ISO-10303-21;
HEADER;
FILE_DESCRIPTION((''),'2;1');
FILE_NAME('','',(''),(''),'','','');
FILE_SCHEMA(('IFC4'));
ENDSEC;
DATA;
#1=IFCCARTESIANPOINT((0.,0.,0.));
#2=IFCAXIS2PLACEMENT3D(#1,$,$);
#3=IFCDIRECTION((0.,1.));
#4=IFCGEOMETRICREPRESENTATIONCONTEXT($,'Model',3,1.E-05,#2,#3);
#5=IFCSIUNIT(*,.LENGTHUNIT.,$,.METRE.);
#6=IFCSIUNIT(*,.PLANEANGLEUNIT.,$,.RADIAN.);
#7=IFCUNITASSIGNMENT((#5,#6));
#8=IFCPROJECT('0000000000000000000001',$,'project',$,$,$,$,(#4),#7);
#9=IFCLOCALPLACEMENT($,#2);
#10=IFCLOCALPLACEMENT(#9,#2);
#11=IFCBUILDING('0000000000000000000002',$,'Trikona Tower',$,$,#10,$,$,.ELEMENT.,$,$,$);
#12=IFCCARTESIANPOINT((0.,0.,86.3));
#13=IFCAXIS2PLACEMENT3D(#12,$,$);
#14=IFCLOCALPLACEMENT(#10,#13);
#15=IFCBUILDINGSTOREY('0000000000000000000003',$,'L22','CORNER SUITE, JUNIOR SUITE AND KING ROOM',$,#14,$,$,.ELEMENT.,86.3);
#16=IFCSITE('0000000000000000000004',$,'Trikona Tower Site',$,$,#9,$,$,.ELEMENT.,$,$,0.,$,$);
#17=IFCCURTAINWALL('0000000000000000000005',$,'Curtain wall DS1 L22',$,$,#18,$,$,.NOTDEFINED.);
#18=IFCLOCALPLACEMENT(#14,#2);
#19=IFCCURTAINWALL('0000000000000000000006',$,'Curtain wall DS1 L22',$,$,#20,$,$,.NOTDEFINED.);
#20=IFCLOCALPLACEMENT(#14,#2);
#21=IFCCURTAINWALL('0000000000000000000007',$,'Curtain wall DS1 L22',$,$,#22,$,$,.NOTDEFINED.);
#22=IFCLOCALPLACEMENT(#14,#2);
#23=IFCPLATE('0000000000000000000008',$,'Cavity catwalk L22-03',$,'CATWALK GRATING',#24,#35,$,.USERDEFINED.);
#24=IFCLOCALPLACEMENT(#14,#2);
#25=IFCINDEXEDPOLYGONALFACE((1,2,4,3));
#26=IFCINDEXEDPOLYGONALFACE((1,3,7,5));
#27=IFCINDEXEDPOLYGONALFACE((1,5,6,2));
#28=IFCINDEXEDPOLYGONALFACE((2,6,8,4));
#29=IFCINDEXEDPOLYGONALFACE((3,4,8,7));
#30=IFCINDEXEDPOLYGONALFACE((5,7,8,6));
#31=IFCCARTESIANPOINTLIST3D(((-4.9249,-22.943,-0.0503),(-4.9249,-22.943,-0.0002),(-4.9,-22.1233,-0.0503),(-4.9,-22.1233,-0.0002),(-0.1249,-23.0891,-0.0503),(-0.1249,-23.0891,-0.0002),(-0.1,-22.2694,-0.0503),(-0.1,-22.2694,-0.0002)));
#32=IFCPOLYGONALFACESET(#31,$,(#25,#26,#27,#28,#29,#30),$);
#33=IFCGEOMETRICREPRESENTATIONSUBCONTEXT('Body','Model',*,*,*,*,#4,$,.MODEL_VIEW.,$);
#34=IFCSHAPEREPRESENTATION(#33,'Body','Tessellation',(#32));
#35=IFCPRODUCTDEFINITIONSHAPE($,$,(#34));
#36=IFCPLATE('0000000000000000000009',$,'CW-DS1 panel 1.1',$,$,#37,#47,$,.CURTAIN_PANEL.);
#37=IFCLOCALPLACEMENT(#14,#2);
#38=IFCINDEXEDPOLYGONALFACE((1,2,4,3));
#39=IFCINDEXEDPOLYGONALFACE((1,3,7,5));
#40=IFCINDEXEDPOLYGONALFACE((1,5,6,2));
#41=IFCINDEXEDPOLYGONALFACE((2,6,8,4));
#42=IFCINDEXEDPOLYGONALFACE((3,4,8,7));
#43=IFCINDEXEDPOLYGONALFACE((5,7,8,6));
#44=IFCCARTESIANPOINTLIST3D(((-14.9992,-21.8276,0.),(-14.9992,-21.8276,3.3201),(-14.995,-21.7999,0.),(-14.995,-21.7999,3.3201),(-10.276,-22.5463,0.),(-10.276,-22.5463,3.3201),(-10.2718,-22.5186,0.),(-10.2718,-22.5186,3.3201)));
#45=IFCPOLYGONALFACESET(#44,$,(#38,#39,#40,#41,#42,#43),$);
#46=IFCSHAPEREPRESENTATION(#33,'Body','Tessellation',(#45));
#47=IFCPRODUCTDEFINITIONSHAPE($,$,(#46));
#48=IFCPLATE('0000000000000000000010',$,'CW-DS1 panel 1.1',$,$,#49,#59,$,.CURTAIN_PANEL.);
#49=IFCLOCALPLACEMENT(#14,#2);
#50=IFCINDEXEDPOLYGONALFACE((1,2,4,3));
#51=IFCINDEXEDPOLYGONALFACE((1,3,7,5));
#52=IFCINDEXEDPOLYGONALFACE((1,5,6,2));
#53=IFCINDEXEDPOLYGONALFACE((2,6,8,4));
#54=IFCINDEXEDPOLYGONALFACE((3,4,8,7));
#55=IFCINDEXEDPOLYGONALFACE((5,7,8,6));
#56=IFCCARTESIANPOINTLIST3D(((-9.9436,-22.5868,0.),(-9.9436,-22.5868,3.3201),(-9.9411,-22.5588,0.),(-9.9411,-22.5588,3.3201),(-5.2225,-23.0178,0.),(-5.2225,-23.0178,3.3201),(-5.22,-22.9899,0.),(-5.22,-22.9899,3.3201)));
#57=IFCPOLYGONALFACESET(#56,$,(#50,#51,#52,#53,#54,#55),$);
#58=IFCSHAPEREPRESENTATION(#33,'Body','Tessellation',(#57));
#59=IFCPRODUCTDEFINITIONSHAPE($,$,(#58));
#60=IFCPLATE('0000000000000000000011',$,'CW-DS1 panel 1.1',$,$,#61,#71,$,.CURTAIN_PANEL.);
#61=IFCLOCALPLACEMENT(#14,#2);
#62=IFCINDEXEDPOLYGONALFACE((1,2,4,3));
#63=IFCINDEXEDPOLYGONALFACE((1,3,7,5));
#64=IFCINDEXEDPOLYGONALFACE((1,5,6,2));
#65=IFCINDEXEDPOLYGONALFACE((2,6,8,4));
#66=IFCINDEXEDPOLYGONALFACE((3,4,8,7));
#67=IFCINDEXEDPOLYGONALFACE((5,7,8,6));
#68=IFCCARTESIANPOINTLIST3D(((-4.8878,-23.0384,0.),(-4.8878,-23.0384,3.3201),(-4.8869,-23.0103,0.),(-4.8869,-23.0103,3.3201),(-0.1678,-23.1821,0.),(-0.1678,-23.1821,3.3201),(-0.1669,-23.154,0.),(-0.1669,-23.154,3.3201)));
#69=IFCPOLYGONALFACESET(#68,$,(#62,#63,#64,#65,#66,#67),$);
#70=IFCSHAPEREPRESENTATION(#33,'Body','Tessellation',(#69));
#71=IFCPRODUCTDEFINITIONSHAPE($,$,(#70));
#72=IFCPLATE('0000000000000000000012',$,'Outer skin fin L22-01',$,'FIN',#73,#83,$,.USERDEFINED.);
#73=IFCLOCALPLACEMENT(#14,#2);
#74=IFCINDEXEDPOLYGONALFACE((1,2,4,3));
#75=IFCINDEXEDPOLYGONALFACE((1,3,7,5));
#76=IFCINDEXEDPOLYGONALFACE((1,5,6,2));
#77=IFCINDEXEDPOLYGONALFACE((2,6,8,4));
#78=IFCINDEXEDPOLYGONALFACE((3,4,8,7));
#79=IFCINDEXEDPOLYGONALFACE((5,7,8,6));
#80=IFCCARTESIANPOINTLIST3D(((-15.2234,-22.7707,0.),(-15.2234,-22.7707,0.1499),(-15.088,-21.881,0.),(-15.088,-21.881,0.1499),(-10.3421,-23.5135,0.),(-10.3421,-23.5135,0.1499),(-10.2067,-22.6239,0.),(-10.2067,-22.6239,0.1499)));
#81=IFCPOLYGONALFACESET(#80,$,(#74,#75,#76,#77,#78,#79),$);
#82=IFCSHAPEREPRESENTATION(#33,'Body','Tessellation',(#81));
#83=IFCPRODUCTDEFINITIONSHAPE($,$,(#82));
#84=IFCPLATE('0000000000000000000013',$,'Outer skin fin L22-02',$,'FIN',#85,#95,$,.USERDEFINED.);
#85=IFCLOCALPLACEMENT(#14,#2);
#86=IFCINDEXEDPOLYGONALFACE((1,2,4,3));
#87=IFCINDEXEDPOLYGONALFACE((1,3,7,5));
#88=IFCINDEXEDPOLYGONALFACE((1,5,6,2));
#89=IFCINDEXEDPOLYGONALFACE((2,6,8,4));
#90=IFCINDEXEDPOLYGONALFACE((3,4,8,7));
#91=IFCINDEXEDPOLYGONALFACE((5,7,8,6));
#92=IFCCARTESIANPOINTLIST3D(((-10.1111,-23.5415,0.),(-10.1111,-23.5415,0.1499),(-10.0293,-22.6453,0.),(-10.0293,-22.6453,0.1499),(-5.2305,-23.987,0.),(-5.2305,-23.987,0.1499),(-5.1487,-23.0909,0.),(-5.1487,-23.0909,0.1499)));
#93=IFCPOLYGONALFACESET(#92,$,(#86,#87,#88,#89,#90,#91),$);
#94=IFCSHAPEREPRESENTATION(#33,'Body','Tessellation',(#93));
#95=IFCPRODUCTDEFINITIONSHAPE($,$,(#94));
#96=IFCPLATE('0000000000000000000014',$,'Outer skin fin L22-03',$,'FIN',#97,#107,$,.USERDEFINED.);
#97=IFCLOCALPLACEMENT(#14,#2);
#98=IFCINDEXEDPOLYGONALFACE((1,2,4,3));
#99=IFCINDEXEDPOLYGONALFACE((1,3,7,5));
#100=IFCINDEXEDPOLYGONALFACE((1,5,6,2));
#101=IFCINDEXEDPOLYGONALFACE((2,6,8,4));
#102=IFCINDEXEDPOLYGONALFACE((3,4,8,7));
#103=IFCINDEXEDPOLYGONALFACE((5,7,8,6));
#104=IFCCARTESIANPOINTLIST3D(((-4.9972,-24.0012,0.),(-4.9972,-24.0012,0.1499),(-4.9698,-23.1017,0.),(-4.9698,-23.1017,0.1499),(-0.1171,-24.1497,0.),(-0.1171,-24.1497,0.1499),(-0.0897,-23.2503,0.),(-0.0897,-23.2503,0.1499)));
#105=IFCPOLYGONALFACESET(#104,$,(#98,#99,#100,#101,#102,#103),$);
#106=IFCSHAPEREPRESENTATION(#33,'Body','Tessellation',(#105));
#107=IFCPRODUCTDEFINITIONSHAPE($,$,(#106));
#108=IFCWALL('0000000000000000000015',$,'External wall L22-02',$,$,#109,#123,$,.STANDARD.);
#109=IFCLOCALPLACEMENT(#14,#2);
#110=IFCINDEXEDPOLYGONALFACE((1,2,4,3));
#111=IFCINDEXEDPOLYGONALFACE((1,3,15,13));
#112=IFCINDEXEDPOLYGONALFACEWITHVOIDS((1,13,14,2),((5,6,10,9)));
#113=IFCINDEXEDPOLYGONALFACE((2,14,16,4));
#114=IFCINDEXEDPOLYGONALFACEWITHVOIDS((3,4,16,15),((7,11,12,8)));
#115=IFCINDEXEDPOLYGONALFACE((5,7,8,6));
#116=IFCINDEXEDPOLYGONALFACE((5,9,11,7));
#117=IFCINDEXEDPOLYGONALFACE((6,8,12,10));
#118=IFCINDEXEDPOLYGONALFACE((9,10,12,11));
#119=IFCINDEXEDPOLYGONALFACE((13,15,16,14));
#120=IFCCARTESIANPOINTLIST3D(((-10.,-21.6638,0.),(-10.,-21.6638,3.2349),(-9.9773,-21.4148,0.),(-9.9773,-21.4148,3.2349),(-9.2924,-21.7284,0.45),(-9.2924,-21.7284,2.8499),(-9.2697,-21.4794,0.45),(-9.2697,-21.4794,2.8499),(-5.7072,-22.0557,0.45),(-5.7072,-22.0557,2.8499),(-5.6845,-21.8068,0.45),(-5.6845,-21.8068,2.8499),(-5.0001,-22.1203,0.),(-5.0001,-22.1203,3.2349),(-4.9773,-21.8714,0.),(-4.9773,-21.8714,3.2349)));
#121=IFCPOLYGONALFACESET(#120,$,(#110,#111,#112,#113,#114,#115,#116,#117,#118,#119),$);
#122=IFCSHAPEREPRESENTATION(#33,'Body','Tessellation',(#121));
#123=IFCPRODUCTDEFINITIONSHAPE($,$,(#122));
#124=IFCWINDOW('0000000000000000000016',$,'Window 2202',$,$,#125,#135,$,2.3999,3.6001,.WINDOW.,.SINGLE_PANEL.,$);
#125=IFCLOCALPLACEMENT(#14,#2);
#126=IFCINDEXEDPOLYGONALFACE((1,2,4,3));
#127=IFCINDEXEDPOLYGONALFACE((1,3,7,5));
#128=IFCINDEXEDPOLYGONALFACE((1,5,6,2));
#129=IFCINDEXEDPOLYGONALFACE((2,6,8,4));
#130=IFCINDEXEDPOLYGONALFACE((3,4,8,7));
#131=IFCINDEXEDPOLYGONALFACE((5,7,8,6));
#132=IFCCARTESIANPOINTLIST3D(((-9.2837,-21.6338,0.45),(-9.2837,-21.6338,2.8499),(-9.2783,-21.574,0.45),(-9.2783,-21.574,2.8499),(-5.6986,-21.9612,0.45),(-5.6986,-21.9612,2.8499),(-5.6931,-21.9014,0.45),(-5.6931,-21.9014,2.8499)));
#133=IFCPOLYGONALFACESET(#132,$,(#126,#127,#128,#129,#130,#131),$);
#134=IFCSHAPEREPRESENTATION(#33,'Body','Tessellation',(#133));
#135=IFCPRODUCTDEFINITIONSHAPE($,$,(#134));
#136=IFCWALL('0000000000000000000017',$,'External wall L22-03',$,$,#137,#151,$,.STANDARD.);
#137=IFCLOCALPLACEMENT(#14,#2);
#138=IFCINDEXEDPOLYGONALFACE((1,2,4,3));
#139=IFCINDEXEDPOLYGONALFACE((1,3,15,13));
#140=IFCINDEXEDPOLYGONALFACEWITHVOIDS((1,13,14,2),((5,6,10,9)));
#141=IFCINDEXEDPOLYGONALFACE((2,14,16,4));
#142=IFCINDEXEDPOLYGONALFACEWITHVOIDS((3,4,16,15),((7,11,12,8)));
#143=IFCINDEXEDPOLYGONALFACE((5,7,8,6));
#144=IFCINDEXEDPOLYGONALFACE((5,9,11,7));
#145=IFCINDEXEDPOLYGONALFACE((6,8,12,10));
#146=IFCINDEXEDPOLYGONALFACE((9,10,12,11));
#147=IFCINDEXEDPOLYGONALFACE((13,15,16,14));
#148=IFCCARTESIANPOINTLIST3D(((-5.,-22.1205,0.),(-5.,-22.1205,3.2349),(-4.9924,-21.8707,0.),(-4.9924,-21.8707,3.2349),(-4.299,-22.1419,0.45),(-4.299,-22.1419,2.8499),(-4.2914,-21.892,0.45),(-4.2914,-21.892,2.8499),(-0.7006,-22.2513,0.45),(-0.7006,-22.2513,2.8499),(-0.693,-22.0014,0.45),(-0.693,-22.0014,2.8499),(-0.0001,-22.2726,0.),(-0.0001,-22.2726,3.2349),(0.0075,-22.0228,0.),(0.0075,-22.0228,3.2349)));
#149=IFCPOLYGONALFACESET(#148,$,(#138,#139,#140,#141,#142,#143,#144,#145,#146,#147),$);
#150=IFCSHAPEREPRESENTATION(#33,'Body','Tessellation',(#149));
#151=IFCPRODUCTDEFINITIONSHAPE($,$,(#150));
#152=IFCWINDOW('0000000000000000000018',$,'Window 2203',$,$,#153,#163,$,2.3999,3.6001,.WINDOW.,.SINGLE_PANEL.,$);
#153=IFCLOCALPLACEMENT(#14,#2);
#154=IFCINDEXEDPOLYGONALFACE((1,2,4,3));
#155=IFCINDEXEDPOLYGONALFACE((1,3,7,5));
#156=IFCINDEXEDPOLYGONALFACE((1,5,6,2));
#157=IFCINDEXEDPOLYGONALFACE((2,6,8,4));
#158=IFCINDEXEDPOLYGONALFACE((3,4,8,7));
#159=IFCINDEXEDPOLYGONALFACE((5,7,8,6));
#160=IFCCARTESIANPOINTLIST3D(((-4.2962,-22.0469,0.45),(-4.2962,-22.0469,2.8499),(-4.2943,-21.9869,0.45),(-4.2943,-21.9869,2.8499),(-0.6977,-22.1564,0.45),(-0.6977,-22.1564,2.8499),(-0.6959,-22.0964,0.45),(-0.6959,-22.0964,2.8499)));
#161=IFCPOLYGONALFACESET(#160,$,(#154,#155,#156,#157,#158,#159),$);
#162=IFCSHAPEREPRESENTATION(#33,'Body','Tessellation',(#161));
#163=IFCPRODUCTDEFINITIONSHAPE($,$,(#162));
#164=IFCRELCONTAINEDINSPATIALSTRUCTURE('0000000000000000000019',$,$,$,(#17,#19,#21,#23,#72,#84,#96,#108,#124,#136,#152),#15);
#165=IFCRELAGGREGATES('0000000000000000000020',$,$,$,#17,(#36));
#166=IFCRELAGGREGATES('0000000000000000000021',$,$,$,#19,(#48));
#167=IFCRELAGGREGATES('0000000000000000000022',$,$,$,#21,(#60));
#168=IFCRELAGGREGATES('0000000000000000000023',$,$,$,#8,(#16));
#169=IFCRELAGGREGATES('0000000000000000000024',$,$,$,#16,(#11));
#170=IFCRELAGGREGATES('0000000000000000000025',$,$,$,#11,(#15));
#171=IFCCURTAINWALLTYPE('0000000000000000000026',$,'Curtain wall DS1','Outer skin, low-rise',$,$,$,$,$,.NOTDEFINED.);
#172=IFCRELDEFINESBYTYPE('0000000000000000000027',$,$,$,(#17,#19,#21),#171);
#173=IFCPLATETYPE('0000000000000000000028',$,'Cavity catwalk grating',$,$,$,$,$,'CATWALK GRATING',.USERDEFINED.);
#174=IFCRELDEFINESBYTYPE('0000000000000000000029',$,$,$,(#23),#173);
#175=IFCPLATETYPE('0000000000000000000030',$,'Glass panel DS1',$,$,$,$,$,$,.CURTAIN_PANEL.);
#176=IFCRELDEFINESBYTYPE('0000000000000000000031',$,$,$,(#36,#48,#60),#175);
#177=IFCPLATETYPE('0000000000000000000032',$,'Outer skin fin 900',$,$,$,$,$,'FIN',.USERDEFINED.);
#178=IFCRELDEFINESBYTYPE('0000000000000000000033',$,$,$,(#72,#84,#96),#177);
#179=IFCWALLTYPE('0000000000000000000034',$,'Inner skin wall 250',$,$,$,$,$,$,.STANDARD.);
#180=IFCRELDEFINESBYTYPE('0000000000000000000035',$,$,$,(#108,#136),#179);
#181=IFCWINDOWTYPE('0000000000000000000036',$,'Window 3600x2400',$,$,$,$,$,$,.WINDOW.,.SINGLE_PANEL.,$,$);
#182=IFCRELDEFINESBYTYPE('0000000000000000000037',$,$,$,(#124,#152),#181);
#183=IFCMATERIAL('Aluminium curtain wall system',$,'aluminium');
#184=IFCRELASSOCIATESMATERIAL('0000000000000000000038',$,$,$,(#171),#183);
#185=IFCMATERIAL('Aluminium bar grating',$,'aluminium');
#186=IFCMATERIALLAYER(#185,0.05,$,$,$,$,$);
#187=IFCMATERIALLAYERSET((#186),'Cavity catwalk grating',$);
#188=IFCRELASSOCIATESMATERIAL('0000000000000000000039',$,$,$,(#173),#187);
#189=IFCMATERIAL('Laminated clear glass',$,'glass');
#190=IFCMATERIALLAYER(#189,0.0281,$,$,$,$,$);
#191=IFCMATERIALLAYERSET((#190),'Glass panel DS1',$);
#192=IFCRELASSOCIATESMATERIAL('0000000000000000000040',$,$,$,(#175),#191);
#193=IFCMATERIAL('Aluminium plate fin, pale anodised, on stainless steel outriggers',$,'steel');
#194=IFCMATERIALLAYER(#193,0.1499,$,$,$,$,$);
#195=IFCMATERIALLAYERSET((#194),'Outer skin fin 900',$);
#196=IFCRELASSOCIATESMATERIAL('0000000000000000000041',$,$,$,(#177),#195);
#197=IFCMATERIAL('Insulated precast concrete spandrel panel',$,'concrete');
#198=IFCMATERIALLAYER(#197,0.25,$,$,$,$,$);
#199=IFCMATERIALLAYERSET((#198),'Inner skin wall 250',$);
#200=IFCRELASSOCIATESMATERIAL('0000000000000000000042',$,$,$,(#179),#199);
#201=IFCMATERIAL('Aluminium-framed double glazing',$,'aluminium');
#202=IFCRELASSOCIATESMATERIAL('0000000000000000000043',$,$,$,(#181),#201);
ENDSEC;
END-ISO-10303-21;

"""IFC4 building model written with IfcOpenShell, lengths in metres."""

from ifc_helpers import new_model, si_unit, direction, frame, frame_2d, origin, origin_2d, place, context, subcontext, project, spatial, rectangle, extrude, material, layer, layer_set, type_object, element, fill, aggregate, save


model = new_model("IFC4")

# Units and contexts
model_context = context("Model", 3, precision=1e-05, world=origin(), true_north=direction((0.0, 1.0)))
body_context = subcontext(model_context, "Body", "Model", "MODEL_VIEW")
ifc_project = project(units=[si_unit("LENGTHUNIT", "METRE"), si_unit("PLANEANGLEUNIT", "RADIAN")], contexts=[model_context])

# Site, building, storey
site_placement = place(None, origin())
site = spatial("IfcSite", under=ifc_project, at=site_placement, Name="Trikona Tower Site", CompositionType="ELEMENT", RefElevation=0.0)
building_placement = place(site_placement, origin())
building = spatial("IfcBuilding", under=site, at=building_placement, Name="Trikona Tower", CompositionType="ELEMENT")
storey_placement = place(building_placement, frame((0.0, 0.0, 86.3)))
storey = spatial("IfcBuildingStorey", under=building, at=storey_placement, Name="L22", Description="CORNER SUITE, JUNIOR SUITE AND KING ROOM", CompositionType="ELEMENT", Elevation=86.3)

# Curtain wall
ifc_material_1 = material(Name="Aluminium curtain wall system", Category="aluminium")
curtain_wall_type = type_object("IfcCurtainWallType", Name="Curtain wall DS1", Description="Outer skin, low-rise", PredefinedType="NOTDEFINED", material=ifc_material_1)
curtain_wall_1_placement = place(storey_placement, origin())
curtain_wall_1 = element("IfcCurtainWall", 1, at=curtain_wall_1_placement, inside=storey, type_object=curtain_wall_type, Name="Curtain wall DS1 L22", PredefinedType="NOTDEFINED")

# Curtain walls
curtain_wall_2_placement = place(storey_placement, origin())
curtain_wall_2 = element("IfcCurtainWall", 2, at=curtain_wall_2_placement, inside=storey, type_object=curtain_wall_type, Name="Curtain wall DS1 L22", PredefinedType="NOTDEFINED")
curtain_wall_3_placement = place(storey_placement, origin())
curtain_wall_3 = element("IfcCurtainWall", 3, at=curtain_wall_3_placement, inside=storey, type_object=curtain_wall_type, Name="Curtain wall DS1 L22", PredefinedType="NOTDEFINED")

# Plate
ifc_material_2 = material(Name="Aluminium bar grating", Category="aluminium")
ifc_layer_1 = layer(ifc_material_2, 0.05)
ifc_layer_set_1 = layer_set([ifc_layer_1], Name="Cavity catwalk grating")
plate_type_1 = type_object("IfcPlateType", Name="Cavity catwalk grating", ElementType="CATWALK GRATING", PredefinedType="USERDEFINED", material=ifc_layer_set_1)
plate_1_placement = place(storey_placement, frame((-2.5125, -22.6062, -0.0503), z_axis=(0.0, 0.0, 1.0), x_axis=(0.999537, -0.030425, 0.0)))
element("IfcPlate", 4, at=plate_1_placement, inside=storey, type_object=plate_type_1, Name="Cavity catwalk L22-03", ObjectType="CATWALK GRATING", PredefinedType="USERDEFINED", context=body_context, shape_type="SweptSolid", body=[
    extrude(rectangle(XDim=4.8022, YDim=0.8201, at=origin_2d()), origin(), (0.0, 0.0, 1.0), 0.05),
])

# Plates
ifc_material_3 = material(Name="Laminated clear glass", Category="glass")
ifc_layer_2 = layer(ifc_material_3, 0.0281)
ifc_layer_set_2 = layer_set([ifc_layer_2], Name="Glass panel DS1")
plate_type_2 = type_object("IfcPlateType", Name="Glass panel DS1", PredefinedType="CURTAIN_PANEL", material=ifc_layer_set_2)
plate_2_placement = place(storey_placement, frame((-12.6355, -22.1731, 0.0), z_axis=(0.0, 0.0, 1.0), x_axis=(0.988619, -0.150438, 0.0)))
plate_2 = element("IfcPlate", 5, at=plate_2_placement, type_object=plate_type_2, Name="CW-DS1 panel 1.1", PredefinedType="CURTAIN_PANEL", context=body_context, shape_type="SweptSolid", body=[
    extrude(rectangle(XDim=4.7776, YDim=0.0281, at=origin_2d()), origin(), (0.0, 0.0, 1.0), 3.3201),
])
aggregate(curtain_wall_1, [plate_2])
plate_3_placement = place(storey_placement, frame((-7.5818, -22.7883, 0.0), z_axis=(0.0, 0.0, 1.0), x_axis=(0.995858, -0.090924, 0.0)))
plate_3 = element("IfcPlate", 6, at=plate_3_placement, type_object=plate_type_2, Name="CW-DS1 panel 1.1", PredefinedType="CURTAIN_PANEL", context=body_context, shape_type="SweptSolid", body=[
    extrude(rectangle(XDim=4.7407, YDim=0.0281, at=origin_2d()), origin(), (0.0, 0.0, 1.0), 3.3201),
])
aggregate(curtain_wall_2, [plate_3])
plate_4_placement = place(storey_placement, frame((-2.5273, -23.0962, 0.0), z_axis=(0.0, 0.0, 1.0), x_axis=(0.999537, -0.030437, 0.0)))
plate_4 = element("IfcPlate", 7, at=plate_4_placement, type_object=plate_type_2, Name="CW-DS1 panel 1.1", PredefinedType="CURTAIN_PANEL", context=body_context, shape_type="SweptSolid", body=[
    extrude(rectangle(XDim=4.7222, YDim=0.0281, at=origin_2d()), origin(), (0.0, 0.0, 1.0), 3.3201),
])
aggregate(curtain_wall_3, [plate_4])

# Plates
ifc_material_4 = material(Name="Aluminium plate fin, pale anodised, on stainless steel outriggers", Category="steel")
ifc_layer_3 = layer(ifc_material_4, 0.1499)
ifc_layer_set_3 = layer_set([ifc_layer_3], Name="Outer skin fin 900")
plate_type_3 = type_object("IfcPlateType", Name="Outer skin fin 900", ElementType="FIN", PredefinedType="USERDEFINED", material=ifc_layer_set_3)
plate_5_placement = place(storey_placement, frame((-12.7151, -22.6973, 0.0), z_axis=(0.0, 0.0, 1.0), x_axis=(0.988618, -0.150448, 0.0)))
element("IfcPlate", 8, at=plate_5_placement, inside=storey, type_object=plate_type_3, Name="Outer skin fin L22-01", ObjectType="FIN", PredefinedType="USERDEFINED", context=body_context, shape_type="SweptSolid", body=[
    extrude(rectangle(XDim=4.9375, YDim=0.8999, at=origin_2d()), origin(), (0.0, 0.0, 1.0), 0.1499),
])
plate_6_placement = place(storey_placement, frame((-7.6299, -23.3162, 0.0), z_axis=(0.0, 0.0, 1.0), x_axis=(0.995858, -0.090921, 0.0)))
element("IfcPlate", 9, at=plate_6_placement, inside=storey, type_object=plate_type_3, Name="Outer skin fin L22-02", ObjectType="FIN", PredefinedType="USERDEFINED", context=body_context, shape_type="SweptSolid", body=[
    extrude(rectangle(XDim=4.9009, YDim=0.8999, at=origin_2d()), origin(), (0.0, 0.0, 1.0), 0.1499),
])
plate_7_placement = place(storey_placement, frame((-2.5435, -23.6257, 0.0), z_axis=(0.0, 0.0, 1.0), x_axis=(0.999537, -0.030425, 0.0)))
element("IfcPlate", 10, at=plate_7_placement, inside=storey, type_object=plate_type_3, Name="Outer skin fin L22-03", ObjectType="FIN", PredefinedType="USERDEFINED", context=body_context, shape_type="SweptSolid", body=[
    extrude(rectangle(XDim=4.8823, YDim=0.8999, at=origin_2d()), origin(), (0.0, 0.0, 1.0), 0.1499),
])

# Walls, openings, windows
ifc_material_5 = material(Name="Insulated precast concrete spandrel panel", Category="concrete")
ifc_layer_4 = layer(ifc_material_5, 0.25)
ifc_layer_set_4 = layer_set([ifc_layer_4], Name="Inner skin wall 250")
wall_type = type_object("IfcWallType", Name="Inner skin wall 250", PredefinedType="STANDARD", material=ifc_layer_set_4)
wall_1_placement = place(storey_placement, frame((-9.9885, -21.5393, 0.0), z_axis=(0.0, 0.0, 1.0), x_axis=(0.995857, -0.09093, 0.0)))
wall_1 = element("IfcWall", 11, at=wall_1_placement, inside=storey, type_object=wall_type, Name="External wall L22-02", PredefinedType="STANDARD", context=body_context, shape_type="SweptSolid", body=[
    extrude(rectangle(XDim=5.0208, YDim=0.25, at=frame_2d((2.5103, 0.0))), origin(), (0.0, 0.0, 1.0), 3.2349),
])
opening_1_placement = place(wall_1_placement, frame((0.7104, 0.0, 0.45)))
opening_1 = element("IfcOpeningElement", 12, at=opening_1_placement, cuts=wall_1, PredefinedType="OPENING", context=body_context, shape_type="SweptSolid", body=[
    extrude(rectangle(XDim=3.6001, YDim=2.3999, at=frame_2d((1.8, 1.2))), frame((0.0, 0.135, 0.0), z_axis=(0.0, -1.0, 0.0), x_axis=(1.0, 0.0, 0.0)), (0.0, 0.0, 1.0), 0.27),
])
ifc_material_6 = material(Name="Aluminium-framed double glazing", Category="aluminium")
window_type = type_object("IfcWindowType", Name="Window 3600x2400", PartitioningType="SINGLE_PANEL", PredefinedType="WINDOW", material=ifc_material_6)
window_1_placement = place(opening_1_placement, origin())
window_1 = element("IfcWindow", 13, at=window_1_placement, inside=storey, type_object=window_type, Name="Window 2202", OverallHeight=2.3999, OverallWidth=3.6001, PartitioningType="SINGLE_PANEL", PredefinedType="WINDOW", context=body_context, shape_type="SweptSolid", body=[
    extrude(rectangle(XDim=3.6001, YDim=2.3999, at=frame_2d((1.8, 1.2))), frame((0.0, 0.03, 0.0), z_axis=(0.0, -1.0, 0.0), x_axis=(1.0, 0.0, 0.0)), (0.0, 0.0, 1.0), 0.0601),
])
fill(opening_1, window_1)
wall_2_placement = place(storey_placement, frame((-4.9961, -21.9956, 0.0), z_axis=(0.0, 0.0, 1.0), x_axis=(0.999538, -0.030406, 0.0)))
wall_2 = element("IfcWall", 14, at=wall_2_placement, inside=storey, type_object=wall_type, Name="External wall L22-03", PredefinedType="STANDARD", context=body_context, shape_type="SweptSolid", body=[
    extrude(rectangle(XDim=5.0022, YDim=0.25, at=frame_2d((2.501, 0.0))), origin(), (0.0, 0.0, 1.0), 3.2349),
])
opening_2_placement = place(wall_2_placement, frame((0.7012, 0.0, 0.45)))
opening_2 = element("IfcOpeningElement", 15, at=opening_2_placement, cuts=wall_2, PredefinedType="OPENING", context=body_context, shape_type="SweptSolid", body=[
    extrude(rectangle(XDim=3.6001, YDim=2.3999, at=frame_2d((1.8, 1.2))), frame((0.0, 0.135, 0.0), z_axis=(0.0, -1.0, 0.0), x_axis=(1.0, 0.0, 0.0)), (0.0, 0.0, 1.0), 0.27),
])
window_2_placement = place(opening_2_placement, origin())
window_2 = element("IfcWindow", 16, at=window_2_placement, inside=storey, type_object=window_type, Name="Window 2203", OverallHeight=2.3999, OverallWidth=3.6001, PartitioningType="SINGLE_PANEL", PredefinedType="WINDOW", context=body_context, shape_type="SweptSolid", body=[
    extrude(rectangle(XDim=3.6001, YDim=2.3999, at=frame_2d((1.8, 1.2))), frame((0.0, 0.03, 0.0), z_axis=(0.0, -1.0, 0.0), x_axis=(1.0, 0.0, 0.0)), (0.0, 0.0, 1.0), 0.0601),
])
fill(opening_2, window_2)

save(model, "model.ifc")
